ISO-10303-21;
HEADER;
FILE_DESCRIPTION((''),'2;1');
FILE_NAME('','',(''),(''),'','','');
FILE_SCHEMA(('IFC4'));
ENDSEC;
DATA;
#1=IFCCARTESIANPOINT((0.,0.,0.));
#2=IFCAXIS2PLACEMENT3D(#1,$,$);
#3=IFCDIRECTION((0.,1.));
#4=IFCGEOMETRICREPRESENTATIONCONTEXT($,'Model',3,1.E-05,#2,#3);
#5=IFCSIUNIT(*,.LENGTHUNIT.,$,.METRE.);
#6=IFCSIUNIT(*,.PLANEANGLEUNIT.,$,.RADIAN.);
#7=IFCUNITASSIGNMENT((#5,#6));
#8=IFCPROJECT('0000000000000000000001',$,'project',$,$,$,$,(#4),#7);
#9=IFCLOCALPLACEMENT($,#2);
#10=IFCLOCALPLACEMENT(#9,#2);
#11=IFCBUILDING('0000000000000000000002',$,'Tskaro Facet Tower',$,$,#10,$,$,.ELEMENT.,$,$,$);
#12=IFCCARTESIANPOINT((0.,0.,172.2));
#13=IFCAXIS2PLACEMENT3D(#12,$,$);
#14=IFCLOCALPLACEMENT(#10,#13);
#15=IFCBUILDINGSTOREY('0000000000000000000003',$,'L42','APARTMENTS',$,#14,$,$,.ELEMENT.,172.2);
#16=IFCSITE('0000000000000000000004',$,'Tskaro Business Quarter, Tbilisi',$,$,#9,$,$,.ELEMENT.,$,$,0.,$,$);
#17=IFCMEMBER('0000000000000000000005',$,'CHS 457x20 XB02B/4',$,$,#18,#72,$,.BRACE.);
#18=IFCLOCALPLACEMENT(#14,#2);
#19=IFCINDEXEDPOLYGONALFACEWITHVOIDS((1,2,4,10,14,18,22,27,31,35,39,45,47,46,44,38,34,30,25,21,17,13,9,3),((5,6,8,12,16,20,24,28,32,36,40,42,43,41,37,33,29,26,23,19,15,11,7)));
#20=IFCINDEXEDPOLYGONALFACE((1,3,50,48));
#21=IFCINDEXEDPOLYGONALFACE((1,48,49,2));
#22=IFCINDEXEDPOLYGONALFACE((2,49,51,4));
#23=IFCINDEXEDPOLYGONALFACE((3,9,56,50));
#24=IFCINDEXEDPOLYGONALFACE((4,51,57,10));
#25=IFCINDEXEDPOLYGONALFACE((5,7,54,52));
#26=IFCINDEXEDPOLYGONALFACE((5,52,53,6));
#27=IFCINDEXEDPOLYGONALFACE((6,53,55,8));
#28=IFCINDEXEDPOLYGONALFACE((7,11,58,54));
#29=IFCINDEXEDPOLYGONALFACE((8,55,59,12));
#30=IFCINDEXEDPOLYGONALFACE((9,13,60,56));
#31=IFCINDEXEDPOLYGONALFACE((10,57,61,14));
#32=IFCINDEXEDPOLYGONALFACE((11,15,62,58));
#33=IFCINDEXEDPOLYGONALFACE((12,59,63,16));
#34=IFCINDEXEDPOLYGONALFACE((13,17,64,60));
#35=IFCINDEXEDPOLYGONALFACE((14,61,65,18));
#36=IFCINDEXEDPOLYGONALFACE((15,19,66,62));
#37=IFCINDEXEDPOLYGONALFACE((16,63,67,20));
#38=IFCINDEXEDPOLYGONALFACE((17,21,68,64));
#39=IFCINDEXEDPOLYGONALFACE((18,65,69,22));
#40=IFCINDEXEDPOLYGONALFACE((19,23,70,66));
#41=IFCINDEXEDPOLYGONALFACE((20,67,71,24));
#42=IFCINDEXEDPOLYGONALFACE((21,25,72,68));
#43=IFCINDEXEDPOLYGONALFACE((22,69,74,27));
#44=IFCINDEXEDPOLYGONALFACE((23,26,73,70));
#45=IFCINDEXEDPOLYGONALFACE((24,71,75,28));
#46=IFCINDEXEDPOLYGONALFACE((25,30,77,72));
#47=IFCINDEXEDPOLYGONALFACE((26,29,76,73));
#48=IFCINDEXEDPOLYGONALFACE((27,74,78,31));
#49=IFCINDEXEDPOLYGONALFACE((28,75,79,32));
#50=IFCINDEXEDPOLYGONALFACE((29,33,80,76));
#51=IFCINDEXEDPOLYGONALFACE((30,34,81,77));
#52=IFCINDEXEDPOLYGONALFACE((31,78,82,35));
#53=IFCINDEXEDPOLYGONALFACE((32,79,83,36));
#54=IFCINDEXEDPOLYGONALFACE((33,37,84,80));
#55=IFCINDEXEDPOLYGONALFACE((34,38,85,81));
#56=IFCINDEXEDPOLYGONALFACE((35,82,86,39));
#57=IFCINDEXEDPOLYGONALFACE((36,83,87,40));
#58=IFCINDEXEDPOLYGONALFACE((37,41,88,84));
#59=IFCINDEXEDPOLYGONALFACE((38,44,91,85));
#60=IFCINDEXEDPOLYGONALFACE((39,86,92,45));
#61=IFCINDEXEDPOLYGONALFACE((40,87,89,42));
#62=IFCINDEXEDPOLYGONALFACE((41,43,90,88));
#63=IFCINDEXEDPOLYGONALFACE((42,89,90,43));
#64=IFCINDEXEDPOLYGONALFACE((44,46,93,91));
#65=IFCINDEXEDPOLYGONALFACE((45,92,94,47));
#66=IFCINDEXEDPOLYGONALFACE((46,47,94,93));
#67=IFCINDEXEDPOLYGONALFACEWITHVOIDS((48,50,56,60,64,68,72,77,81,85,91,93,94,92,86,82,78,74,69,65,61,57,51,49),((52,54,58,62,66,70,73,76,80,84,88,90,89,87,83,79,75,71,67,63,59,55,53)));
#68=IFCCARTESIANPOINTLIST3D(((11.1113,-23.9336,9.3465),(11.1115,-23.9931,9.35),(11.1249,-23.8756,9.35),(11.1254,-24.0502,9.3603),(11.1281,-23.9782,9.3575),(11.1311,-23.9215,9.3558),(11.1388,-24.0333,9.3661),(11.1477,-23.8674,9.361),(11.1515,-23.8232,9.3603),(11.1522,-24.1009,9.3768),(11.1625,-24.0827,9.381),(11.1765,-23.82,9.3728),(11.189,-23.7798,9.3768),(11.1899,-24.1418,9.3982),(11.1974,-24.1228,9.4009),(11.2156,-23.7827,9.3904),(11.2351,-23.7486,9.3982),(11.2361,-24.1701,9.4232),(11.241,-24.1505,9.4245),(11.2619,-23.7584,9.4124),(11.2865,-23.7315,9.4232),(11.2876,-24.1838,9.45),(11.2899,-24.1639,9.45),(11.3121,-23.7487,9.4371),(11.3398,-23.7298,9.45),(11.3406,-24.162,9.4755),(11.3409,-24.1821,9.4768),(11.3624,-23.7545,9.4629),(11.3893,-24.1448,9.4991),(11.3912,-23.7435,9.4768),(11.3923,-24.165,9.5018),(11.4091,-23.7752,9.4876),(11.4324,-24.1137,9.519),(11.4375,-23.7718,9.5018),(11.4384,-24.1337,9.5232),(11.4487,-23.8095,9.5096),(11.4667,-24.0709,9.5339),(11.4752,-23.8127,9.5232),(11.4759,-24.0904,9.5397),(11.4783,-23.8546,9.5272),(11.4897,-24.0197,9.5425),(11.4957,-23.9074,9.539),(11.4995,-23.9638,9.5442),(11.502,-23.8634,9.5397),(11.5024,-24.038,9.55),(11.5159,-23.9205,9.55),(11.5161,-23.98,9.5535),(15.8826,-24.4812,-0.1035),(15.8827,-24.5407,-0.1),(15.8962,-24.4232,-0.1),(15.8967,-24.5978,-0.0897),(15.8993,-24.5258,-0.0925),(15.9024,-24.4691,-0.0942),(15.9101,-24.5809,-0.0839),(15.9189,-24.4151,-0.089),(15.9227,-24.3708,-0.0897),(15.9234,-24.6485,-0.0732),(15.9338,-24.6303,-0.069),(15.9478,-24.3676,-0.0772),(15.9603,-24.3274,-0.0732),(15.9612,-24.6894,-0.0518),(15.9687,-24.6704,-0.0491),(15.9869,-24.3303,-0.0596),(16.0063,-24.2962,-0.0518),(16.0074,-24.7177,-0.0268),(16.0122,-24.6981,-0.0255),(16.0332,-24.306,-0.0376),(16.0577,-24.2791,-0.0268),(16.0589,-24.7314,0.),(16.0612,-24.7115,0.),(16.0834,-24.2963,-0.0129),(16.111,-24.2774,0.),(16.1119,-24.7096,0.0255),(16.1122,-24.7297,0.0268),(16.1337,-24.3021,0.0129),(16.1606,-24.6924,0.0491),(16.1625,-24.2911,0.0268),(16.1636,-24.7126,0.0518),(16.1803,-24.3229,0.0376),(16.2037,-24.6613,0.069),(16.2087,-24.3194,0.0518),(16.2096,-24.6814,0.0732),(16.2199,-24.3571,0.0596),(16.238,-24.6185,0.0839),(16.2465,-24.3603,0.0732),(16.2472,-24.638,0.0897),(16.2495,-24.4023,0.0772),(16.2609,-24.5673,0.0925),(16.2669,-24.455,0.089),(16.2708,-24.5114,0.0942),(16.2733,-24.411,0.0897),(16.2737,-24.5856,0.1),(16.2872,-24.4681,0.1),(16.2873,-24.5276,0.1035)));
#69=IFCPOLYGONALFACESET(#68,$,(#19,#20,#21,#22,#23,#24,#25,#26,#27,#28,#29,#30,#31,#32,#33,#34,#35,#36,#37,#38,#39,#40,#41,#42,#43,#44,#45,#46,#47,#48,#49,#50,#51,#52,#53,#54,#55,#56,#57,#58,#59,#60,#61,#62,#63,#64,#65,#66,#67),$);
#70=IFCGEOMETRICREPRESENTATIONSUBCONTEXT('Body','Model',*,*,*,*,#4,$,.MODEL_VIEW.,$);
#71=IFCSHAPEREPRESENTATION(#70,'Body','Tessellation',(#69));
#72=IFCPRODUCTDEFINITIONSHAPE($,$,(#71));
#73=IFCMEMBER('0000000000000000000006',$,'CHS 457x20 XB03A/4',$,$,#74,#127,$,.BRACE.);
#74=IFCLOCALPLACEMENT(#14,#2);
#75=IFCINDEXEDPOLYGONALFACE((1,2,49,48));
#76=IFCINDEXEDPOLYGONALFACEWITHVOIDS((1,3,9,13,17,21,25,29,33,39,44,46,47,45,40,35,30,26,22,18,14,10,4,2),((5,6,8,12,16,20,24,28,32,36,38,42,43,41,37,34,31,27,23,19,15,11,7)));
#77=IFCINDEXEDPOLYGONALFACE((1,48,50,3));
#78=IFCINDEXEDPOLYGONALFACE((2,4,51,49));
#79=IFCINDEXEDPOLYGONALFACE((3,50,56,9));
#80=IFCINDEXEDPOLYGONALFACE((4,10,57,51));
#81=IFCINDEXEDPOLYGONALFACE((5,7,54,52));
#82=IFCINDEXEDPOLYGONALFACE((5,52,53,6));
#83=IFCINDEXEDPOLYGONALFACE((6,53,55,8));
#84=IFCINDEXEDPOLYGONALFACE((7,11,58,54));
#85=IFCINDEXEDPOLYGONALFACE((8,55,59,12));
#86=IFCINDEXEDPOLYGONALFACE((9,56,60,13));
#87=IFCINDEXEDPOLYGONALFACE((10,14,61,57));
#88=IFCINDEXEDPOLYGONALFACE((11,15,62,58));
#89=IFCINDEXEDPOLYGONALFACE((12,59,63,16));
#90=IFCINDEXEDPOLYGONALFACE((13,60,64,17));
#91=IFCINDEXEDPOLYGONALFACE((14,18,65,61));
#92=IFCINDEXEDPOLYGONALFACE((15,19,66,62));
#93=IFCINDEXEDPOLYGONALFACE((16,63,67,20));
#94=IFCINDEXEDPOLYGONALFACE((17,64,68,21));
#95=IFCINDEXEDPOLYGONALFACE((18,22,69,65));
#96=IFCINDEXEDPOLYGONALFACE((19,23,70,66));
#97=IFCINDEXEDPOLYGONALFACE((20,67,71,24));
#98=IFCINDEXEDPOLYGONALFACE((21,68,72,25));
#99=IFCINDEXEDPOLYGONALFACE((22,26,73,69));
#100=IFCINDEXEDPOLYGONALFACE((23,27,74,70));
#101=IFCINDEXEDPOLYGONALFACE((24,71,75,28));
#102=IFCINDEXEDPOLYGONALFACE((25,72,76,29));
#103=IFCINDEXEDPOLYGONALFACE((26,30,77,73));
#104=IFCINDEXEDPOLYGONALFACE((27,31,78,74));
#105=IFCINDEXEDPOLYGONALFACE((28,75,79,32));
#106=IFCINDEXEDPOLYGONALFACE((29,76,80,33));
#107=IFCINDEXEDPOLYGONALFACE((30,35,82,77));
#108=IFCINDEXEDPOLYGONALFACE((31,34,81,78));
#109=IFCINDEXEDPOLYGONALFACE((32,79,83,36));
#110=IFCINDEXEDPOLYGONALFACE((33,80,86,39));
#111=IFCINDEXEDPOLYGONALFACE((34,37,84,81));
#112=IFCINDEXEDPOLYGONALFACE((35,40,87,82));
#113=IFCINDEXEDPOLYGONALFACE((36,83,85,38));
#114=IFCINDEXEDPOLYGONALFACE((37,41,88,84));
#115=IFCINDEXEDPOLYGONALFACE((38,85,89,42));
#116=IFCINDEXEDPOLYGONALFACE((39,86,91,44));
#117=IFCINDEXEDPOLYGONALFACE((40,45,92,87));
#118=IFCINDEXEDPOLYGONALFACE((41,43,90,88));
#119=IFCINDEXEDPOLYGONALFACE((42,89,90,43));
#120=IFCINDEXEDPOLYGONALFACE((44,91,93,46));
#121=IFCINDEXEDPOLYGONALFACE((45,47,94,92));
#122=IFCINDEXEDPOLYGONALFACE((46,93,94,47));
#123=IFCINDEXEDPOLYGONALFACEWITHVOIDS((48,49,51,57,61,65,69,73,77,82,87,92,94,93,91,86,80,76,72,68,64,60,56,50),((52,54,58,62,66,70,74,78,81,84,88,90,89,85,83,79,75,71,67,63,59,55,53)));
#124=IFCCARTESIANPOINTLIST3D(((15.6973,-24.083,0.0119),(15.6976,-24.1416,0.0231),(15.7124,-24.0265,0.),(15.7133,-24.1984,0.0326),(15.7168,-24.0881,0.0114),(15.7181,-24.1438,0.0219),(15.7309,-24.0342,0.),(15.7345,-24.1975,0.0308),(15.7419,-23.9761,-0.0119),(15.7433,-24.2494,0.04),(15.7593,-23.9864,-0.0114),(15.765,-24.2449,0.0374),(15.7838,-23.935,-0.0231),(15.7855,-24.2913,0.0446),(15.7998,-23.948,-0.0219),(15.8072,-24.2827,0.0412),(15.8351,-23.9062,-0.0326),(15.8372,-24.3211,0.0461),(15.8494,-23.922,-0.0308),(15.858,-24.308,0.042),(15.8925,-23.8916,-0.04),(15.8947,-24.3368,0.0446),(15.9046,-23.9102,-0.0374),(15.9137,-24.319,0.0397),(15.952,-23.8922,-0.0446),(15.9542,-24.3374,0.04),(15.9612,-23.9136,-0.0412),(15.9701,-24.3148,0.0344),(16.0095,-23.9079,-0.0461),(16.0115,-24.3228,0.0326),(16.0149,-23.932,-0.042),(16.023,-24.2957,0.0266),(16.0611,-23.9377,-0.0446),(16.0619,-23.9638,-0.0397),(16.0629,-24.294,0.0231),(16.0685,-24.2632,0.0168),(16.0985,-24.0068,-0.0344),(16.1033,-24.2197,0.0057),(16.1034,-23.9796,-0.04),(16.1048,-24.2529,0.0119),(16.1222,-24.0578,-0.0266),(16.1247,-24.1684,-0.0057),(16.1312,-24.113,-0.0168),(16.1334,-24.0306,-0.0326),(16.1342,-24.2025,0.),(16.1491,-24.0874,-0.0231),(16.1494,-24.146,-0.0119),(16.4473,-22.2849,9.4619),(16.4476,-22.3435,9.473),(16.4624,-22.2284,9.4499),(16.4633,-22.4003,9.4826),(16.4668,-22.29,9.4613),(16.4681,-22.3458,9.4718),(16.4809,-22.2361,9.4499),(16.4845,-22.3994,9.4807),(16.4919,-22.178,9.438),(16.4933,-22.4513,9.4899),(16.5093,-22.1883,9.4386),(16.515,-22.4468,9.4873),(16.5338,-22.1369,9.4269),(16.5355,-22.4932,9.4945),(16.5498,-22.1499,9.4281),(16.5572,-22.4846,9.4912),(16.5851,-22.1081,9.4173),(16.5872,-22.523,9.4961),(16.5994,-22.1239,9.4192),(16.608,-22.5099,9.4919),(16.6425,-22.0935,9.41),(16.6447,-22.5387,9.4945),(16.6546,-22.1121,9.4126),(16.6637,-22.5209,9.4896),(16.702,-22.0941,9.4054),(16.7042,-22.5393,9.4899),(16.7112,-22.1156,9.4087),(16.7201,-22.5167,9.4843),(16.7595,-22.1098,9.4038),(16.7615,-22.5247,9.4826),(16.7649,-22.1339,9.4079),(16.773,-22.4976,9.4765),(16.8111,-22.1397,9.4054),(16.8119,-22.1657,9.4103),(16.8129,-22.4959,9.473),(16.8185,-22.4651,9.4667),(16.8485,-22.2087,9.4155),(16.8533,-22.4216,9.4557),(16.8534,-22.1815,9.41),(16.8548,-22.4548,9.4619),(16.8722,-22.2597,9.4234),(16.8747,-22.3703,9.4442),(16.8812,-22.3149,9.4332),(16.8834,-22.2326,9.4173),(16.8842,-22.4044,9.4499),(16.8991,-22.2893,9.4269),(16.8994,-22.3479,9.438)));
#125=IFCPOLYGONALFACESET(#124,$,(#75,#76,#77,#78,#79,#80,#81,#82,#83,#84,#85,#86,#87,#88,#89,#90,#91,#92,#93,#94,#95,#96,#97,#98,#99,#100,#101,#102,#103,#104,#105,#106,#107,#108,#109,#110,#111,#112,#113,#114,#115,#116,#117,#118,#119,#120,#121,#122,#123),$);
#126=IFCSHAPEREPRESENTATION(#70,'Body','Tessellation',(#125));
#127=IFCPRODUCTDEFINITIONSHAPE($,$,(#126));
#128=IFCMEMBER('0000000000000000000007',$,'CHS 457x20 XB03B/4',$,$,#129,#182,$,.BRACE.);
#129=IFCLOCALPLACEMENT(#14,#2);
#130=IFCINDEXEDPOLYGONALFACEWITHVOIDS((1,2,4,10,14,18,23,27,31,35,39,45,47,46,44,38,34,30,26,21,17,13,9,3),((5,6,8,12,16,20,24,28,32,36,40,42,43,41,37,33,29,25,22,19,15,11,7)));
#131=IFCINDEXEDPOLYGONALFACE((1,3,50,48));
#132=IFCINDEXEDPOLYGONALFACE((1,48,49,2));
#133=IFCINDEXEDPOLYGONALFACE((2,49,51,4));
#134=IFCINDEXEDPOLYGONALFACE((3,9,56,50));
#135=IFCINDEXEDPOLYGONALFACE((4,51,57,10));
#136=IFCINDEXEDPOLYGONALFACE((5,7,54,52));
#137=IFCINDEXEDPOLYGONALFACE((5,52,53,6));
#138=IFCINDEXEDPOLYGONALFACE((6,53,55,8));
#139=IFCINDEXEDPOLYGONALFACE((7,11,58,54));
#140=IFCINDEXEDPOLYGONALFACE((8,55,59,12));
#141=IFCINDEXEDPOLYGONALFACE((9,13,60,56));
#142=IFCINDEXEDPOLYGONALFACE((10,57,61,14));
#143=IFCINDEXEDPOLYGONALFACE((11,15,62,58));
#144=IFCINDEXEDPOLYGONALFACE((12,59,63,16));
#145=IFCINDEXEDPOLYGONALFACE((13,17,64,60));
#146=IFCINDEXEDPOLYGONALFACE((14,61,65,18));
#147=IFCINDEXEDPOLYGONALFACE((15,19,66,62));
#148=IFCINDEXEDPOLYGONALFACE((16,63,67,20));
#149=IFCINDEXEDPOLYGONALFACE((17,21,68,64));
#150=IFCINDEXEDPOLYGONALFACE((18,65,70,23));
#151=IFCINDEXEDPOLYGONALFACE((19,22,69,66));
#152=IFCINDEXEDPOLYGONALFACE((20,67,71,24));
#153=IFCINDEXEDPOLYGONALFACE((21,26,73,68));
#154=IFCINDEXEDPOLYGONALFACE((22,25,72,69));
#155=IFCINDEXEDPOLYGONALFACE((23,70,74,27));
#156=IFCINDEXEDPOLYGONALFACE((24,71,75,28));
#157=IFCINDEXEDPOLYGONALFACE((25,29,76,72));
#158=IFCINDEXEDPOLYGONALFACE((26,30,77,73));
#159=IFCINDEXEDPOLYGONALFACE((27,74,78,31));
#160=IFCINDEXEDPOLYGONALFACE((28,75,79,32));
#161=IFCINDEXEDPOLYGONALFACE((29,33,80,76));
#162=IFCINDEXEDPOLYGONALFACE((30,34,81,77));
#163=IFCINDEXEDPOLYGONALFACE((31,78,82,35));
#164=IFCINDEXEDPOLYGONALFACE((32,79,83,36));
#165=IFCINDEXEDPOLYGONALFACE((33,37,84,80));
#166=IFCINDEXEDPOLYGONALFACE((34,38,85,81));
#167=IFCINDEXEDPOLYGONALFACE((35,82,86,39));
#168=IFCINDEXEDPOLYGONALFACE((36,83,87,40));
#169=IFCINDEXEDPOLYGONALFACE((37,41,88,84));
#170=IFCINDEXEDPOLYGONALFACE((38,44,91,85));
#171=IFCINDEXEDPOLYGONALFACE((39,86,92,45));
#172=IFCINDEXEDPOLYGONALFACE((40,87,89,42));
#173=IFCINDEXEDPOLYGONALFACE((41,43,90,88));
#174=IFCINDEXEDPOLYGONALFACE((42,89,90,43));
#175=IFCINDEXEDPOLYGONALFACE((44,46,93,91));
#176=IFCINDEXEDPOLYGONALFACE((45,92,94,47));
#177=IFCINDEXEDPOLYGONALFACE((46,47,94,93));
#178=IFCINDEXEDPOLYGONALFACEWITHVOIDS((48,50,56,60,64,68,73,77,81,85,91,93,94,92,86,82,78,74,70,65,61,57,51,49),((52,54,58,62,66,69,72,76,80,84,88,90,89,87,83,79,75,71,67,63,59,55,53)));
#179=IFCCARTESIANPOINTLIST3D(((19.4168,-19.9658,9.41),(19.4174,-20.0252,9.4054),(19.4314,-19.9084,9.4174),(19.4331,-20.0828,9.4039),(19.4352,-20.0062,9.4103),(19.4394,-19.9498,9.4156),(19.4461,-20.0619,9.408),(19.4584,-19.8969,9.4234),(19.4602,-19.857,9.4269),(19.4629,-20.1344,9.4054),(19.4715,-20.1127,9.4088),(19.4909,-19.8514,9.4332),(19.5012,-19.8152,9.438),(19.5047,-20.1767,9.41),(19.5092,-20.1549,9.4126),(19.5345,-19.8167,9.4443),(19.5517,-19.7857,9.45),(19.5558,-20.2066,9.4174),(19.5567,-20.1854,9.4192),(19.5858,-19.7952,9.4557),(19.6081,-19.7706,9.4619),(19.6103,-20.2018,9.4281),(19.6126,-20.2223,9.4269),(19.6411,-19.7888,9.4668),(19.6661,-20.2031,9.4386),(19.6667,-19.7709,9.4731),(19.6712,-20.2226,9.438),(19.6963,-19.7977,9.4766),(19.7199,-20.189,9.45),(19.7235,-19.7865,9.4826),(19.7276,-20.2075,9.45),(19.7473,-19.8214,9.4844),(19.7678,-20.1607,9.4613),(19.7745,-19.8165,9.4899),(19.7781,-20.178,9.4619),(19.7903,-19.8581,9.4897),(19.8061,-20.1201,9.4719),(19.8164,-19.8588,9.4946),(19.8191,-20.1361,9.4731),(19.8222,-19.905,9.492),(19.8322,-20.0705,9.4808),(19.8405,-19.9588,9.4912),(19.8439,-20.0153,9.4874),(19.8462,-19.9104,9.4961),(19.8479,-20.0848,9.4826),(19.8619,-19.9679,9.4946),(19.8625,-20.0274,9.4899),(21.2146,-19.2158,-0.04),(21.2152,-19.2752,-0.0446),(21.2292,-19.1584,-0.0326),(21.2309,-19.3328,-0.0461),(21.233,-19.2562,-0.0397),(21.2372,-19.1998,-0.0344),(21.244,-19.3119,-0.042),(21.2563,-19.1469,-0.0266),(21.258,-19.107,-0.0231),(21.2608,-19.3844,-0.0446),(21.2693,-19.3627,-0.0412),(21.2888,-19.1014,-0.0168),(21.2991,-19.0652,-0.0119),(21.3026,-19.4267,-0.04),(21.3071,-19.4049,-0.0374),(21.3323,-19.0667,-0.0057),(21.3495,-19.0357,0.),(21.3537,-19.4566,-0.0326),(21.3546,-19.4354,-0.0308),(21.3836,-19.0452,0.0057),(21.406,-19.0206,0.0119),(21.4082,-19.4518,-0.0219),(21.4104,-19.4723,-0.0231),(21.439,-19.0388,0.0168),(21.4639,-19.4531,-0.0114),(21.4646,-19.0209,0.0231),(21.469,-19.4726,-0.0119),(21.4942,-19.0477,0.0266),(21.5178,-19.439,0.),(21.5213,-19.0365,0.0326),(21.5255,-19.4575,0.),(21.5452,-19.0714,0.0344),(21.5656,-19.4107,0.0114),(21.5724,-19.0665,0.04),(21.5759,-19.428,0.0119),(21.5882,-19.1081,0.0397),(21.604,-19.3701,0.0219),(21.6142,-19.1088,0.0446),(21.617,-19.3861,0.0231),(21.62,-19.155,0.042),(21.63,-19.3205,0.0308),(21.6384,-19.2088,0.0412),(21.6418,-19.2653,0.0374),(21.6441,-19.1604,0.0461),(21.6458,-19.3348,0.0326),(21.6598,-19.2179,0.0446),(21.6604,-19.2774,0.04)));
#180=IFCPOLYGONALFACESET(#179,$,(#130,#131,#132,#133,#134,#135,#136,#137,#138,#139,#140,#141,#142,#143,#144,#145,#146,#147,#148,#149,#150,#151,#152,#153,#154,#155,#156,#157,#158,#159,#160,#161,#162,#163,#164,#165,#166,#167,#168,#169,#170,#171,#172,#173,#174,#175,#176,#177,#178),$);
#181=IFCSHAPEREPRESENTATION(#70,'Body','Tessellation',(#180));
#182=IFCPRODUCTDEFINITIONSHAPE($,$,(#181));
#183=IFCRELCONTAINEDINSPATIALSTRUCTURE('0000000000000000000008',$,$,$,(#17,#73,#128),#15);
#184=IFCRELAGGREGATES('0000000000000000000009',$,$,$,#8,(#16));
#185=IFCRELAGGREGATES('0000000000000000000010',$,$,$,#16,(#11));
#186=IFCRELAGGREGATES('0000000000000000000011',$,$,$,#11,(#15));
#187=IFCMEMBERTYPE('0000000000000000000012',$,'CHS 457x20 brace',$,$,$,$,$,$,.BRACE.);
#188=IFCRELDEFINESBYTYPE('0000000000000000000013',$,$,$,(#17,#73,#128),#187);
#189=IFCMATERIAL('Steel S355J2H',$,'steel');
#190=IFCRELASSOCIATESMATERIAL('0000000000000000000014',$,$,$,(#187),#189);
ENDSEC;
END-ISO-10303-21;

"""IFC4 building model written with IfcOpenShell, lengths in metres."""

from ifc_helpers import new_model, si_unit, direction, frame, origin, origin_2d, place, context, subcontext, project, spatial, hollow_circle, extrude, material, material_profile, profile_set, type_object, element, save


model = new_model("IFC4")

# Units and contexts
model_context = context("Model", 3, precision=1e-05, world=origin(), true_north=direction((0.0, 1.0)))
body_context = subcontext(model_context, "Body", "Model", "MODEL_VIEW")
ifc_project = project(units=[si_unit("LENGTHUNIT", "METRE"), si_unit("PLANEANGLEUNIT", "RADIAN")], contexts=[model_context])

# Site, building, storey
site_placement = place(None, origin())
site = spatial("IfcSite", under=ifc_project, at=site_placement, Name="Tskaro Business Quarter, Tbilisi", CompositionType="ELEMENT", RefElevation=0.0)
building_placement = place(site_placement, origin())
building = spatial("IfcBuilding", under=site, at=building_placement, Name="Tskaro Facet Tower", CompositionType="ELEMENT")
storey_placement = place(building_placement, frame((0.0, 0.0, 172.2)))
storey = spatial("IfcBuildingStorey", under=building, at=storey_placement, Name="L42", Description="APARTMENTS", CompositionType="ELEMENT", Elevation=172.2)

# Shared definitions
ifc_material_1 = material(Name="Steel S355J2H", Category="steel")

# Members
ifc_material_profile_1 = material_profile(ifc_material_1, hollow_circle(Radius=0.2285, WallThickness=0.02, at=origin_2d()), Name="CHS 457x20")
ifc_profile_set_1 = profile_set([ifc_material_profile_1], Name="Steel S355J2H")
member_type_1 = type_object("IfcMemberType", Name="CHS 457x20 brace", PredefinedType="BRACE", material=ifc_profile_set_1)
member_1_placement = place(storey_placement, frame((16.085, -24.5044, 0.0), z_axis=(-0.450105, 0.05166, 0.89148), x_axis=(-0.114024, -0.993478, 0.0)))
element("IfcMember", 1, at=member_1_placement, inside=storey, type_object=member_type_1, Name="CHS 457x20 XB02B/4", PredefinedType="BRACE", context=body_context, shape_type="SweptSolid", body=[
    extrude(hollow_circle(Radius=0.2285, WallThickness=0.02, at=origin_2d()), origin(), (0.0, 0.0, 1.0), 10.6003),
])
for number, where, z_axis, x_axis, name in (
    (2, (15.9233, -24.1145, 0.0), (0.077731, 0.186356, 0.979402), (-0.922932, 0.384962, 0.0), "CHS 457x20 XB03A/4"),
    (3, (21.4375, -19.2466, 0.0), (-0.186332, -0.077731, 0.979407), (0.385007, -0.922914, 0.0), "CHS 457x20 XB03B/4"),
):
    element("IfcMember", number, at=place(storey_placement, frame(where, z_axis=z_axis, x_axis=x_axis)), inside=storey, type_object=member_type_1, Name=name, PredefinedType="BRACE", context=body_context, shape_type="SweptSolid", body=[
        extrude(hollow_circle(Radius=0.2285, WallThickness=0.02, at=origin_2d()), origin(), (0.0, 0.0, 1.0), 9.6487),
    ])

save(model, "model.ifc")
